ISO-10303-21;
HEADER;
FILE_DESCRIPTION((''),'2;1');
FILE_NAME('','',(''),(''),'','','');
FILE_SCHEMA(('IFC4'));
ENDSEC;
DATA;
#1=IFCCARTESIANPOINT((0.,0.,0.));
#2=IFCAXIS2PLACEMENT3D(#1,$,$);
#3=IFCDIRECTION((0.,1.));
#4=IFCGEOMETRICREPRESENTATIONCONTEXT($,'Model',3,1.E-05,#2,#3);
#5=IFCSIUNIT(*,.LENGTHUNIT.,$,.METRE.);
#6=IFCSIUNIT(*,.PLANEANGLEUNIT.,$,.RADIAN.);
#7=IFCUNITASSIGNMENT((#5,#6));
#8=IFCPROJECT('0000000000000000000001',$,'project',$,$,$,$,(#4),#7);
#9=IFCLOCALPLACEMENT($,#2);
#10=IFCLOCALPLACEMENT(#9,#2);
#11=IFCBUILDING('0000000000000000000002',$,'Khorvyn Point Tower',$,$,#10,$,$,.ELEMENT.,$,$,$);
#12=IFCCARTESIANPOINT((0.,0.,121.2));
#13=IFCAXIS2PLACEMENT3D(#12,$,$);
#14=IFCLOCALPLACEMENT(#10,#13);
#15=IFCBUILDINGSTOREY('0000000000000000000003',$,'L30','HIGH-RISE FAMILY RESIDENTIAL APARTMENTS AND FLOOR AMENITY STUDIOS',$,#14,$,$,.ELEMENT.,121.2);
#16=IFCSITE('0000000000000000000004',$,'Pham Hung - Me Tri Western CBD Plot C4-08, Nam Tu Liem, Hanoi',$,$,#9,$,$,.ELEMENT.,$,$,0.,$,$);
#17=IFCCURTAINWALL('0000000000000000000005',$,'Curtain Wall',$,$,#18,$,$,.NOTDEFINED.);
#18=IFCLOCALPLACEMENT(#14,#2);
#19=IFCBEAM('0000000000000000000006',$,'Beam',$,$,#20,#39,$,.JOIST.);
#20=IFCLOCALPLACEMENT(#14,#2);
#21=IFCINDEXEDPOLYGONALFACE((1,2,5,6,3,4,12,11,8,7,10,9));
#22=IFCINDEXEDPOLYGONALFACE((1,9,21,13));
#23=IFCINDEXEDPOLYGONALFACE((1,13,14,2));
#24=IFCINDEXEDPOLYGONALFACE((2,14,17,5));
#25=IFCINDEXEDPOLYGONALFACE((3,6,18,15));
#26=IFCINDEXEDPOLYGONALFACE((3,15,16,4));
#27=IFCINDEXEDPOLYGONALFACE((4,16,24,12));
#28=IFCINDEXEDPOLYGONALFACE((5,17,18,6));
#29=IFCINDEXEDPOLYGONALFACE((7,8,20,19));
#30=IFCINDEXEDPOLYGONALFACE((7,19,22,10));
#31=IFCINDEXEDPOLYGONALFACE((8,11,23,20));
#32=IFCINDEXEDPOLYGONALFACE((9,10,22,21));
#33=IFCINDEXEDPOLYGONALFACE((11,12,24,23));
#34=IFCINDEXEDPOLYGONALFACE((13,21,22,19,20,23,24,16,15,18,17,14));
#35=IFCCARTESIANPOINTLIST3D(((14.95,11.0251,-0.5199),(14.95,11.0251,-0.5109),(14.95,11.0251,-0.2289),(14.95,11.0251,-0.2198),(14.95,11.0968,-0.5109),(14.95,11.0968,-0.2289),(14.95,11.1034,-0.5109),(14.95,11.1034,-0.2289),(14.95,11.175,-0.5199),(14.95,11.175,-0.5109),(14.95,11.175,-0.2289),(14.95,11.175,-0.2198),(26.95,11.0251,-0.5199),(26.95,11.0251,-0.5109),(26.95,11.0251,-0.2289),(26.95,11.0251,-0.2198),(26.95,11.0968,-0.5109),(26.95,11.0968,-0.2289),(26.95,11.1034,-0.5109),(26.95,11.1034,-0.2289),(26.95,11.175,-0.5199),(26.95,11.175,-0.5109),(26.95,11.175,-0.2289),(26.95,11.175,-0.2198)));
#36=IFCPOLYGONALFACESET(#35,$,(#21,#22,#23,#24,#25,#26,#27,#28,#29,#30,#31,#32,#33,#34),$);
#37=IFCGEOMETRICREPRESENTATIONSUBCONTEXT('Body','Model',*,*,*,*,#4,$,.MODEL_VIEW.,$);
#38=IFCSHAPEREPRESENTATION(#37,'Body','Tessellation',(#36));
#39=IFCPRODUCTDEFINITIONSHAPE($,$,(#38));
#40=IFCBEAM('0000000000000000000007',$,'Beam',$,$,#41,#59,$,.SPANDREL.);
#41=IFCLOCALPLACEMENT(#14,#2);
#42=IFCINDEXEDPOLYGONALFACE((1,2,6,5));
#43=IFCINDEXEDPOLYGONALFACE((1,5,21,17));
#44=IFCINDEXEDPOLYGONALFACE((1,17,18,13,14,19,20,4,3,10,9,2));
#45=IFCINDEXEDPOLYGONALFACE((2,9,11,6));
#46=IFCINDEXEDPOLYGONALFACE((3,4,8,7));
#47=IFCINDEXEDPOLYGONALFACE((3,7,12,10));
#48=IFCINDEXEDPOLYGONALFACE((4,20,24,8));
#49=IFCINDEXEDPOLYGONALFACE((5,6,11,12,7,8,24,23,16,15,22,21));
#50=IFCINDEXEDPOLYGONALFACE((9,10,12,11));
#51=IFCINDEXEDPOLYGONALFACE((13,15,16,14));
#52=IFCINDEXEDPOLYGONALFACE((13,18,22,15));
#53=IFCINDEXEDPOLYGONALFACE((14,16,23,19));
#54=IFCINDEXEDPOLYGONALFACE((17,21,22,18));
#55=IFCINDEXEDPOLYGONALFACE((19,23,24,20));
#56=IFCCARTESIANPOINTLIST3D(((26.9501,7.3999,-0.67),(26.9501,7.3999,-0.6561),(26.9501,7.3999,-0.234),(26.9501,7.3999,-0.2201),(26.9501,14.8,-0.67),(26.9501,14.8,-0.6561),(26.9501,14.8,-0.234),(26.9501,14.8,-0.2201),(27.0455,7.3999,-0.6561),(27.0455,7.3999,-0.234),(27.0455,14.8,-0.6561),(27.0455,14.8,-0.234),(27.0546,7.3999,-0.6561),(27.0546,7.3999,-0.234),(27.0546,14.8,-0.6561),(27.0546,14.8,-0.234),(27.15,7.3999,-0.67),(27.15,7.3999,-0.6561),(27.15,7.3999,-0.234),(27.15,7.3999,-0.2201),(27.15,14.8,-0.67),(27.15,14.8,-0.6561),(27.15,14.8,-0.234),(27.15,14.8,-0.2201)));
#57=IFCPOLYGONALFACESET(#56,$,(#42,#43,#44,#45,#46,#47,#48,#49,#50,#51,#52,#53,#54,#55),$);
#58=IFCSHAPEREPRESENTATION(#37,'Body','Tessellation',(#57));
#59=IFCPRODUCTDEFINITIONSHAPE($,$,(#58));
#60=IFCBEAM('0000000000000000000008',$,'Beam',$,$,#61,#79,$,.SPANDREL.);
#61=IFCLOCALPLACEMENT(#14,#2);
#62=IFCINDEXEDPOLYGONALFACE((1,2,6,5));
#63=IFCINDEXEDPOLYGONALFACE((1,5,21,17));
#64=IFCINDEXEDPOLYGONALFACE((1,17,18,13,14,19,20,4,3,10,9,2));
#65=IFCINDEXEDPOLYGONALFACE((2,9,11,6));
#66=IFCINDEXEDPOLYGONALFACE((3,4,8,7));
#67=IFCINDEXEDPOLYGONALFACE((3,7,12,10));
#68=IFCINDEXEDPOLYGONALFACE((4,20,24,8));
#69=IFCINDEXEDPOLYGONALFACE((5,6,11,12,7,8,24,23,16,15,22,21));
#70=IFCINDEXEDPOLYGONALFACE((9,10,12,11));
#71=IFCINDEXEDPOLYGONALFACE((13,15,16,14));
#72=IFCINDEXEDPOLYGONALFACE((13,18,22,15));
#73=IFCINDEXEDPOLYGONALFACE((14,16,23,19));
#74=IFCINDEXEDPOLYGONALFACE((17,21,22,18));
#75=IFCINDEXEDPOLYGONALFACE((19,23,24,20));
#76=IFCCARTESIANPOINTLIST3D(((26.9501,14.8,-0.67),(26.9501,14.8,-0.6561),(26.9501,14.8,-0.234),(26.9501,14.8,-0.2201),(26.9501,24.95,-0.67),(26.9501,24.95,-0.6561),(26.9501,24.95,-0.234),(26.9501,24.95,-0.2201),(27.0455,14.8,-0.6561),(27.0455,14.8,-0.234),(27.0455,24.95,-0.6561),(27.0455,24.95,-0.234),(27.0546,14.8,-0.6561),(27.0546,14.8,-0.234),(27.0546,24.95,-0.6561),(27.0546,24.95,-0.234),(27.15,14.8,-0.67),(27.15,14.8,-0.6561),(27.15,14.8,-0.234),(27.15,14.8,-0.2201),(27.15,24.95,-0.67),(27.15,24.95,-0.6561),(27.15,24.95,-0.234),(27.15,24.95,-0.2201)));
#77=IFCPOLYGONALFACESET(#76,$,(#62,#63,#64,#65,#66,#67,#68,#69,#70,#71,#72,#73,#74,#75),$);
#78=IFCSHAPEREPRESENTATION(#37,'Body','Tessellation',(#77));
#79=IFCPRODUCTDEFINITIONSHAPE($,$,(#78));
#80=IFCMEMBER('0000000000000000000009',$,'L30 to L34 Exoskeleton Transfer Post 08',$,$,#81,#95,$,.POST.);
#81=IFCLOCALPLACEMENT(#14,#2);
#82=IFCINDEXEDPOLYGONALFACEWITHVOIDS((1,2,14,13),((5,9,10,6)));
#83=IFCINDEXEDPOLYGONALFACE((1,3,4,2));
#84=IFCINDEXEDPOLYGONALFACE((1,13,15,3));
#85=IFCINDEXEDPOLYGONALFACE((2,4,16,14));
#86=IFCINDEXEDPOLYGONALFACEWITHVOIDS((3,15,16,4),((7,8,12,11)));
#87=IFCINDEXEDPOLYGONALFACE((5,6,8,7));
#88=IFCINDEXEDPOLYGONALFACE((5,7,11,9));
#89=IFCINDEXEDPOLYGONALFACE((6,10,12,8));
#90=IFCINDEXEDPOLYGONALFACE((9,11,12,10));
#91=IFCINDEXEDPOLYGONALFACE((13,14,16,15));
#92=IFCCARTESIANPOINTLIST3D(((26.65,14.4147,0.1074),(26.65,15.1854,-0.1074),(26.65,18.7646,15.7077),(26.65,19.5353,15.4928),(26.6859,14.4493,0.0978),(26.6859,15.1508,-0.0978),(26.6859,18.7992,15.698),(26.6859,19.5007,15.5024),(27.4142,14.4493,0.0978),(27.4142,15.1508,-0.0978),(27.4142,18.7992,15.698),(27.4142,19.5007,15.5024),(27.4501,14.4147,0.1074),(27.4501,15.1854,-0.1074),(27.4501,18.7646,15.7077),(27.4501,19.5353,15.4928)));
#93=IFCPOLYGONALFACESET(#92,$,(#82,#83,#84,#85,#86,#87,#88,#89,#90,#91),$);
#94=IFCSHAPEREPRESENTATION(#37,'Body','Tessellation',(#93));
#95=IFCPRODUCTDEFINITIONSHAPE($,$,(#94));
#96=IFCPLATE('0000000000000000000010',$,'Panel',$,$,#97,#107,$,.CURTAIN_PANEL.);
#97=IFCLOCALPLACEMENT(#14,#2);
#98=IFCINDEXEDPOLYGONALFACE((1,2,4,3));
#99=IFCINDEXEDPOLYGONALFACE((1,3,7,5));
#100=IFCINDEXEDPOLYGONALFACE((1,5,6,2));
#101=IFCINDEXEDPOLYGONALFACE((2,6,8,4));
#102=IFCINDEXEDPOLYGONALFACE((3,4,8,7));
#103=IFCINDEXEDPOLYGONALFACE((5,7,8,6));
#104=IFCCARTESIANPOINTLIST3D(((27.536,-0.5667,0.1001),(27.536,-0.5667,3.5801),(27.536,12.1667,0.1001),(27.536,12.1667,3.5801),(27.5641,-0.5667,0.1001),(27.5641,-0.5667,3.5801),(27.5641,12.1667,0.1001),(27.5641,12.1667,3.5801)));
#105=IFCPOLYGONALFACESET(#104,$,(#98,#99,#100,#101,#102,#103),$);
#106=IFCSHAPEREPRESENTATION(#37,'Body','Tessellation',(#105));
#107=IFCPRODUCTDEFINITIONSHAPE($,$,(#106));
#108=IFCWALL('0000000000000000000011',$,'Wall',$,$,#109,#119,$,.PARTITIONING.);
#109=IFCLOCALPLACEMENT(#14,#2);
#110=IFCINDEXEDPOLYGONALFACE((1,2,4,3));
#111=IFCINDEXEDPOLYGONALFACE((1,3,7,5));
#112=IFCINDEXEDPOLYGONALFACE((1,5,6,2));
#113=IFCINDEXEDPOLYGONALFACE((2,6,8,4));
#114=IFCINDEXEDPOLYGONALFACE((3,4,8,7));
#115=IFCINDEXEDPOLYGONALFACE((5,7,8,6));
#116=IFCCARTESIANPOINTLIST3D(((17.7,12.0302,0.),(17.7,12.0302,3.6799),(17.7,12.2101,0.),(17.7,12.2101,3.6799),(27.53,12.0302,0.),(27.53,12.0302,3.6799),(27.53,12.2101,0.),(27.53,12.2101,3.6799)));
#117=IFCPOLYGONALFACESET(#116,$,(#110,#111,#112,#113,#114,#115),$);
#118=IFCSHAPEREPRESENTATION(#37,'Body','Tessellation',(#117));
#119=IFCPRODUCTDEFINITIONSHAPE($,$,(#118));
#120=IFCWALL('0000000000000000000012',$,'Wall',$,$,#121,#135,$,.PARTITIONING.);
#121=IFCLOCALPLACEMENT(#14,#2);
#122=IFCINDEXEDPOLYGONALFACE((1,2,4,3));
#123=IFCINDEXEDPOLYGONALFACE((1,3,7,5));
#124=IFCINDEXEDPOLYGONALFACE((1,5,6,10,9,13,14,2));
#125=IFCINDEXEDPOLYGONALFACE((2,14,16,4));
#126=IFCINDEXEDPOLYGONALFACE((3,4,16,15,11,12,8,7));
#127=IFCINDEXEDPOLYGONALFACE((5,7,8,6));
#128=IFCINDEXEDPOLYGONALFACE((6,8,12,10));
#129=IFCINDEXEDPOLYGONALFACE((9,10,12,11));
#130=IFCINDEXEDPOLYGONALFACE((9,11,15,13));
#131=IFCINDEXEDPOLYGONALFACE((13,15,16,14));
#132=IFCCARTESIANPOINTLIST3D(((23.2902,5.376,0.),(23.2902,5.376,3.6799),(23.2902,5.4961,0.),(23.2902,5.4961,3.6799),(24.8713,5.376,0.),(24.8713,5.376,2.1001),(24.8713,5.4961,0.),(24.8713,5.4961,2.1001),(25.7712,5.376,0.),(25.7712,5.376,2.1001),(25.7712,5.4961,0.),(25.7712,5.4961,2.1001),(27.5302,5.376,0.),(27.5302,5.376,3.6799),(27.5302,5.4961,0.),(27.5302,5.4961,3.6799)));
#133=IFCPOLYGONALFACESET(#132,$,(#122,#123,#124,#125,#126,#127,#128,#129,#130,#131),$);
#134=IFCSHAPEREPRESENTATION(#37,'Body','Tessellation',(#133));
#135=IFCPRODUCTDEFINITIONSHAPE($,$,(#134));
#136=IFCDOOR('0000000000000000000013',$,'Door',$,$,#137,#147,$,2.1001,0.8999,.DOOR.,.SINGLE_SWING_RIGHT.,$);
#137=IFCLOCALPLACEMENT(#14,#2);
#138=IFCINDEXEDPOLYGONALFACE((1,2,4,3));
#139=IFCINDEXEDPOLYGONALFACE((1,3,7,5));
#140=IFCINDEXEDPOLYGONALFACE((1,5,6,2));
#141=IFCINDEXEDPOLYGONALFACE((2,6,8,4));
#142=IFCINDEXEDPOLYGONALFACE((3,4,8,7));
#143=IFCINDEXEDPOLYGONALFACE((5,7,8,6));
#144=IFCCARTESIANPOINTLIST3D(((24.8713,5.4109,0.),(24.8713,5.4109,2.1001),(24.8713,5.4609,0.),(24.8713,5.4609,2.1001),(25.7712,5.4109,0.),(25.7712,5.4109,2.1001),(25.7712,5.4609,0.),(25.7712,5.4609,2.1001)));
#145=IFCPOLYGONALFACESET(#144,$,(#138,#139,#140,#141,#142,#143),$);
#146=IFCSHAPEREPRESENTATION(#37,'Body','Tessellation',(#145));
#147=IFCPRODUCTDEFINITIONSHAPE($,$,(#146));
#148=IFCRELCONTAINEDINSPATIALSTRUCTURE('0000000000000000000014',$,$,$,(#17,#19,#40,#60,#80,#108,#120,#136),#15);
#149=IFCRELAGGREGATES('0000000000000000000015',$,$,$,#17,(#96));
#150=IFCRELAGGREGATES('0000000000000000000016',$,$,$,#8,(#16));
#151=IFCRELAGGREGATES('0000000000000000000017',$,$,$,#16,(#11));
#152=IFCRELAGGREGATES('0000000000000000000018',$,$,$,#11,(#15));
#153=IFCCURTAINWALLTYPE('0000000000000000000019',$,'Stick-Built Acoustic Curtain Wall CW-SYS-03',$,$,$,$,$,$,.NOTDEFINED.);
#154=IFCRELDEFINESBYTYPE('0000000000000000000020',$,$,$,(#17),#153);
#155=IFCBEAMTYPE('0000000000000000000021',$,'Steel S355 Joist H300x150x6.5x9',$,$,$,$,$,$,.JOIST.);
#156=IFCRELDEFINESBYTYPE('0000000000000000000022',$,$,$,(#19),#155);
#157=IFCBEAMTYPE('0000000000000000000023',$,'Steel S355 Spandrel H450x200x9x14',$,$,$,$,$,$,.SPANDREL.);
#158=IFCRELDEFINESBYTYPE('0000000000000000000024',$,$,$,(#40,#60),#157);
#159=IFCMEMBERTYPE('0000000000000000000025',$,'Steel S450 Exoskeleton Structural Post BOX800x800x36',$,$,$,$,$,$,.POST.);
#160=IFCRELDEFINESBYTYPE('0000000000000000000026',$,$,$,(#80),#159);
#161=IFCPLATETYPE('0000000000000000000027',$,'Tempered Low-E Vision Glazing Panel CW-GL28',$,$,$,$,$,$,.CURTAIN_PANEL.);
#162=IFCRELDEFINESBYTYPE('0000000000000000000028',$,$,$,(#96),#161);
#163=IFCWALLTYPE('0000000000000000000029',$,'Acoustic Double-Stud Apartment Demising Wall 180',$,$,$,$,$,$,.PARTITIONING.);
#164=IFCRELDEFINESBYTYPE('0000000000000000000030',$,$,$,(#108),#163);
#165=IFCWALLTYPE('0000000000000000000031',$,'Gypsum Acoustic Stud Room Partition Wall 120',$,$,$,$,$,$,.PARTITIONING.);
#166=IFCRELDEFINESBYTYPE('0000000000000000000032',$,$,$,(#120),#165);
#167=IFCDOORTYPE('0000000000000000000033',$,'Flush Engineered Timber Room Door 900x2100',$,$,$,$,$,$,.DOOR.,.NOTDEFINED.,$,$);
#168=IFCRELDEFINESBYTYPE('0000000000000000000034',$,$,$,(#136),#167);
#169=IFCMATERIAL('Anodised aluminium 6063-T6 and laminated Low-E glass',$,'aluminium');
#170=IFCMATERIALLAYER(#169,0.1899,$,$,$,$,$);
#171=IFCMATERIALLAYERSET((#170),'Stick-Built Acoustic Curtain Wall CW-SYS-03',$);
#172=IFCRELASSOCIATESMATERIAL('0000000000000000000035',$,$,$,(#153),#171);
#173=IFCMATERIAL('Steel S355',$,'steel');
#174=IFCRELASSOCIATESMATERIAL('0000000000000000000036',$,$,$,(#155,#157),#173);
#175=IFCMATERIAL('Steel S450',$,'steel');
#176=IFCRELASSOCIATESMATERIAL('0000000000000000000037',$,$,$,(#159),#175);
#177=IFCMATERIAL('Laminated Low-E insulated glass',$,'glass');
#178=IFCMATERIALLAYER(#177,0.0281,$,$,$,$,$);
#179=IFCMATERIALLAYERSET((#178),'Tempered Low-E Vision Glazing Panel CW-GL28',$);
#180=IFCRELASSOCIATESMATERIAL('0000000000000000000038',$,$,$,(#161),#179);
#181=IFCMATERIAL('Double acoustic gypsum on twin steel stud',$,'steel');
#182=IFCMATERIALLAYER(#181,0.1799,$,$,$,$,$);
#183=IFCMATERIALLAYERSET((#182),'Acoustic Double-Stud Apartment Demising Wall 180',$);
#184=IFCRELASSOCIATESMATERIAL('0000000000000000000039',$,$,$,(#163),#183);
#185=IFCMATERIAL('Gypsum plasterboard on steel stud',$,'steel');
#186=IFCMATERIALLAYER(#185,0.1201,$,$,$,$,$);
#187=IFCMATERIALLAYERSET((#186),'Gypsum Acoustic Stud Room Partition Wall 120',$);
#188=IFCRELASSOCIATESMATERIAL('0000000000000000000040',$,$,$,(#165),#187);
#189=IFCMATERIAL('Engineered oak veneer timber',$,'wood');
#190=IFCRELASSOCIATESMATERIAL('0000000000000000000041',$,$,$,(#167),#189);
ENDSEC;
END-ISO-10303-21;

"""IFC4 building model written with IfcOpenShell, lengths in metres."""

from ifc_helpers import new_model, si_unit, direction, frame, frame_2d, origin, origin_2d, place, context, subcontext, project, spatial, rectangle, hollow_rectangle, i_section, extrude, material, layer, layer_set, material_profile, profile_set, type_object, element, fill, aggregate, save


model = new_model("IFC4")

# Units and contexts
model_context = context("Model", 3, precision=1e-05, world=origin(), true_north=direction((0.0, 1.0)))
body_context = subcontext(model_context, "Body", "Model", "MODEL_VIEW")
ifc_project = project(units=[si_unit("LENGTHUNIT", "METRE"), si_unit("PLANEANGLEUNIT", "RADIAN")], contexts=[model_context])

# Site, building, storey
site_placement = place(None, origin())
site = spatial("IfcSite", under=ifc_project, at=site_placement, Name="Pham Hung - Me Tri Western CBD Plot C4-08, Nam Tu Liem, Hanoi", CompositionType="ELEMENT", RefElevation=0.0)
building_placement = place(site_placement, origin())
building = spatial("IfcBuilding", under=site, at=building_placement, Name="Khorvyn Point Tower", CompositionType="ELEMENT")
storey_placement = place(building_placement, frame((0.0, 0.0, 121.2)))
storey = spatial("IfcBuildingStorey", under=building, at=storey_placement, Name="L30", Description="HIGH-RISE FAMILY RESIDENTIAL APARTMENTS AND FLOOR AMENITY STUDIOS", CompositionType="ELEMENT", Elevation=121.2)

# Shared definitions
ifc_material_1 = material(Name="Steel S450", Category="steel")

# Curtain wall
ifc_material_2 = material(Name="Anodised aluminium 6063-T6 and laminated Low-E glass", Category="aluminium")
ifc_layer_1 = layer(ifc_material_2, 0.1899)
ifc_layer_set_1 = layer_set([ifc_layer_1], Name="Stick-Built Acoustic Curtain Wall CW-SYS-03")
curtain_wall_type = type_object("IfcCurtainWallType", Name="Stick-Built Acoustic Curtain Wall CW-SYS-03", PredefinedType="NOTDEFINED", material=ifc_layer_set_1)
curtain_wall_placement = place(storey_placement, origin())
curtain_wall = element("IfcCurtainWall", 1, at=curtain_wall_placement, inside=storey, type_object=curtain_wall_type, Name="Curtain Wall", PredefinedType="NOTDEFINED")

# Beams
ifc_material_3 = material(Name="Steel S355", Category="steel")
ifc_material_profile_1 = material_profile(ifc_material_3, i_section(OverallWidth=0.1499, OverallDepth=0.3, WebThickness=0.0066, FlangeThickness=0.009, at=origin_2d()))
ifc_profile_set_1 = profile_set([ifc_material_profile_1], Name="Steel S355 H300x150x6.5x9")
beam_type_1 = type_object("IfcBeamType", Name="Steel S355 Joist H300x150x6.5x9", PredefinedType="JOIST", material=ifc_profile_set_1)
beam_1_placement = place(storey_placement, frame((14.95, 11.1001, -0.3699), z_axis=(1.0, 0.0, 0.0), x_axis=(0.0, 1.0, 0.0)))
element("IfcBeam", 2, at=beam_1_placement, inside=storey, type_object=beam_type_1, Name="Beam", PredefinedType="JOIST", context=body_context, shape_type="SweptSolid", body=[
    extrude(i_section(OverallWidth=0.1499, OverallDepth=0.3, WebThickness=0.0066, FlangeThickness=0.009, at=origin_2d()), origin(), (0.0, 0.0, 1.0), 12.0),
])
ifc_material_profile_2 = material_profile(ifc_material_3, i_section(OverallWidth=0.2, OverallDepth=0.45, WebThickness=0.009, FlangeThickness=0.0139, at=origin_2d()))
ifc_profile_set_2 = profile_set([ifc_material_profile_2], Name="Steel S355 H450x200x9x14")
beam_type_2 = type_object("IfcBeamType", Name="Steel S355 Spandrel H450x200x9x14", PredefinedType="SPANDREL", material=ifc_profile_set_2)
beam_2_placement = place(storey_placement, frame((27.05, 7.3999, -0.4451), z_axis=(0.0, 1.0, 0.0), x_axis=(-1.0, 0.0, 0.0)))
element("IfcBeam", 3, at=beam_2_placement, inside=storey, type_object=beam_type_2, Name="Beam", PredefinedType="SPANDREL", context=body_context, shape_type="SweptSolid", body=[
    extrude(i_section(OverallWidth=0.2, OverallDepth=0.45, WebThickness=0.009, FlangeThickness=0.0139, at=origin_2d()), origin(), (0.0, 0.0, 1.0), 7.4001),
])
beam_3_placement = place(storey_placement, frame((27.05, 14.8, -0.4451), z_axis=(0.0, 1.0, 0.0), x_axis=(-1.0, 0.0, 0.0)))
element("IfcBeam", 4, at=beam_3_placement, inside=storey, type_object=beam_type_2, Name="Beam", PredefinedType="SPANDREL", context=body_context, shape_type="SweptSolid", body=[
    extrude(i_section(OverallWidth=0.2, OverallDepth=0.45, WebThickness=0.009, FlangeThickness=0.0139, at=origin_2d()), origin(), (0.0, 0.0, 1.0), 10.1499),
])

# Member
ifc_material_profile_3 = material_profile(ifc_material_1, hollow_rectangle(XDim=0.8, YDim=0.8, WallThickness=0.0359, at=origin_2d()))
ifc_profile_set_3 = profile_set([ifc_material_profile_3], Name="Steel S450 BOX800x800x36")
member_type_1 = type_object("IfcMemberType", Name="Steel S450 Exoskeleton Structural Post BOX800x800x36", PredefinedType="POST", material=ifc_profile_set_3)
member_1_placement = place(storey_placement, frame((27.05, 14.8, 0.0), z_axis=(0.0, 0.268589, 0.963255), x_axis=(-1.0, 0.0, 0.0)))
element("IfcMember", 5, at=member_1_placement, inside=storey, type_object=member_type_1, Name="L30 to L34 Exoskeleton Transfer Post 08", PredefinedType="POST", context=body_context, shape_type="SweptSolid", body=[
    extrude(hollow_rectangle(XDim=0.8, YDim=0.8, WallThickness=0.0359, at=origin_2d()), origin(), (0.0, 0.0, 1.0), 16.1953),
])

# Plate
ifc_material_4 = material(Name="Laminated Low-E insulated glass", Category="glass")
ifc_layer_2 = layer(ifc_material_4, 0.0281)
ifc_layer_set_2 = layer_set([ifc_layer_2], Name="Tempered Low-E Vision Glazing Panel CW-GL28")
plate_type = type_object("IfcPlateType", Name="Tempered Low-E Vision Glazing Panel CW-GL28", PredefinedType="CURTAIN_PANEL", material=ifc_layer_set_2)
plate_placement = place(storey_placement, frame((27.55, 5.8, 0.1001), z_axis=(0.0, 0.0, 1.0), x_axis=(0.0, -1.0, 0.0)))
plate = element("IfcPlate", 6, at=plate_placement, type_object=plate_type, Name="Panel", PredefinedType="CURTAIN_PANEL", context=body_context, shape_type="SweptSolid", body=[
    extrude(rectangle(XDim=12.7334, YDim=0.0281, at=origin_2d()), origin(), (0.0, 0.0, 1.0), 3.48),
])
aggregate(curtain_wall, [plate])

# Wall
ifc_material_5 = material(Name="Double acoustic gypsum on twin steel stud", Category="steel")
ifc_layer_3 = layer(ifc_material_5, 0.1799)
ifc_layer_set_3 = layer_set([ifc_layer_3], Name="Acoustic Double-Stud Apartment Demising Wall 180")
wall_type_1 = type_object("IfcWallType", Name="Acoustic Double-Stud Apartment Demising Wall 180", PredefinedType="PARTITIONING", material=ifc_layer_set_3)
wall_1_placement = place(storey_placement, frame((17.7, 12.1201, 0.0), z_axis=(0.0, 0.0, 1.0), x_axis=(1.0, 0.0, 0.0)))
element("IfcWall", 7, at=wall_1_placement, inside=storey, type_object=wall_type_1, Name="Wall", PredefinedType="PARTITIONING", context=body_context, shape_type="SweptSolid", body=[
    extrude(rectangle(XDim=9.8301, YDim=0.1799, at=frame_2d((4.915, 0.0))), origin(), (0.0, 0.0, 1.0), 3.6799),
])

# Wall, opening, door
ifc_material_6 = material(Name="Gypsum plasterboard on steel stud", Category="steel")
ifc_layer_4 = layer(ifc_material_6, 0.1201)
ifc_layer_set_4 = layer_set([ifc_layer_4], Name="Gypsum Acoustic Stud Room Partition Wall 120")
wall_type_2 = type_object("IfcWallType", Name="Gypsum Acoustic Stud Room Partition Wall 120", PredefinedType="PARTITIONING", material=ifc_layer_set_4)
wall_2_placement = place(storey_placement, frame((23.29, 5.436, 0.0), z_axis=(0.0, 0.0, 1.0), x_axis=(1.0, 0.0, 0.0)))
wall_2 = element("IfcWall", 8, at=wall_2_placement, inside=storey, type_object=wall_type_2, Name="Wall", PredefinedType="PARTITIONING", context=body_context, shape_type="SweptSolid", body=[
    extrude(rectangle(XDim=4.24, YDim=0.1201, at=frame_2d((2.1201, 0.0))), origin(), (0.0, 0.0, 1.0), 3.6799),
])
opening_1_placement = place(wall_2_placement, frame((1.5813, 0.0, 0.0)))
opening_1 = element("IfcOpeningElement", 9, at=opening_1_placement, cuts=wall_2, PredefinedType="OPENING", context=body_context, shape_type="SweptSolid", body=[
    extrude(rectangle(XDim=0.8999, YDim=2.1001, at=frame_2d((0.45, 1.05))), frame((0.0, 0.0701, 0.0), z_axis=(0.0, -1.0, 0.0), x_axis=(1.0, 0.0, 0.0)), (0.0, 0.0, 1.0), 0.1401),
])
ifc_material_7 = material(Name="Engineered oak veneer timber", Category="wood")
door_type_1 = type_object("IfcDoorType", Name="Flush Engineered Timber Room Door 900x2100", OperationType="NOTDEFINED", PredefinedType="DOOR", material=ifc_material_7)
door_1_placement = place(opening_1_placement, origin())
door_1 = element("IfcDoor", 10, at=door_1_placement, inside=storey, type_object=door_type_1, Name="Door", OperationType="SINGLE_SWING_RIGHT", OverallHeight=2.1001, OverallWidth=0.8999, PredefinedType="DOOR", context=body_context, shape_type="SweptSolid", body=[
    extrude(rectangle(XDim=0.8999, YDim=2.1001, at=frame_2d((0.45, 1.05))), frame((0.0, 0.0249, 0.0), z_axis=(0.0, -1.0, 0.0), x_axis=(1.0, 0.0, 0.0)), (0.0, 0.0, 1.0), 0.05),
])
fill(opening_1, door_1)

save(model, "model.ifc")
